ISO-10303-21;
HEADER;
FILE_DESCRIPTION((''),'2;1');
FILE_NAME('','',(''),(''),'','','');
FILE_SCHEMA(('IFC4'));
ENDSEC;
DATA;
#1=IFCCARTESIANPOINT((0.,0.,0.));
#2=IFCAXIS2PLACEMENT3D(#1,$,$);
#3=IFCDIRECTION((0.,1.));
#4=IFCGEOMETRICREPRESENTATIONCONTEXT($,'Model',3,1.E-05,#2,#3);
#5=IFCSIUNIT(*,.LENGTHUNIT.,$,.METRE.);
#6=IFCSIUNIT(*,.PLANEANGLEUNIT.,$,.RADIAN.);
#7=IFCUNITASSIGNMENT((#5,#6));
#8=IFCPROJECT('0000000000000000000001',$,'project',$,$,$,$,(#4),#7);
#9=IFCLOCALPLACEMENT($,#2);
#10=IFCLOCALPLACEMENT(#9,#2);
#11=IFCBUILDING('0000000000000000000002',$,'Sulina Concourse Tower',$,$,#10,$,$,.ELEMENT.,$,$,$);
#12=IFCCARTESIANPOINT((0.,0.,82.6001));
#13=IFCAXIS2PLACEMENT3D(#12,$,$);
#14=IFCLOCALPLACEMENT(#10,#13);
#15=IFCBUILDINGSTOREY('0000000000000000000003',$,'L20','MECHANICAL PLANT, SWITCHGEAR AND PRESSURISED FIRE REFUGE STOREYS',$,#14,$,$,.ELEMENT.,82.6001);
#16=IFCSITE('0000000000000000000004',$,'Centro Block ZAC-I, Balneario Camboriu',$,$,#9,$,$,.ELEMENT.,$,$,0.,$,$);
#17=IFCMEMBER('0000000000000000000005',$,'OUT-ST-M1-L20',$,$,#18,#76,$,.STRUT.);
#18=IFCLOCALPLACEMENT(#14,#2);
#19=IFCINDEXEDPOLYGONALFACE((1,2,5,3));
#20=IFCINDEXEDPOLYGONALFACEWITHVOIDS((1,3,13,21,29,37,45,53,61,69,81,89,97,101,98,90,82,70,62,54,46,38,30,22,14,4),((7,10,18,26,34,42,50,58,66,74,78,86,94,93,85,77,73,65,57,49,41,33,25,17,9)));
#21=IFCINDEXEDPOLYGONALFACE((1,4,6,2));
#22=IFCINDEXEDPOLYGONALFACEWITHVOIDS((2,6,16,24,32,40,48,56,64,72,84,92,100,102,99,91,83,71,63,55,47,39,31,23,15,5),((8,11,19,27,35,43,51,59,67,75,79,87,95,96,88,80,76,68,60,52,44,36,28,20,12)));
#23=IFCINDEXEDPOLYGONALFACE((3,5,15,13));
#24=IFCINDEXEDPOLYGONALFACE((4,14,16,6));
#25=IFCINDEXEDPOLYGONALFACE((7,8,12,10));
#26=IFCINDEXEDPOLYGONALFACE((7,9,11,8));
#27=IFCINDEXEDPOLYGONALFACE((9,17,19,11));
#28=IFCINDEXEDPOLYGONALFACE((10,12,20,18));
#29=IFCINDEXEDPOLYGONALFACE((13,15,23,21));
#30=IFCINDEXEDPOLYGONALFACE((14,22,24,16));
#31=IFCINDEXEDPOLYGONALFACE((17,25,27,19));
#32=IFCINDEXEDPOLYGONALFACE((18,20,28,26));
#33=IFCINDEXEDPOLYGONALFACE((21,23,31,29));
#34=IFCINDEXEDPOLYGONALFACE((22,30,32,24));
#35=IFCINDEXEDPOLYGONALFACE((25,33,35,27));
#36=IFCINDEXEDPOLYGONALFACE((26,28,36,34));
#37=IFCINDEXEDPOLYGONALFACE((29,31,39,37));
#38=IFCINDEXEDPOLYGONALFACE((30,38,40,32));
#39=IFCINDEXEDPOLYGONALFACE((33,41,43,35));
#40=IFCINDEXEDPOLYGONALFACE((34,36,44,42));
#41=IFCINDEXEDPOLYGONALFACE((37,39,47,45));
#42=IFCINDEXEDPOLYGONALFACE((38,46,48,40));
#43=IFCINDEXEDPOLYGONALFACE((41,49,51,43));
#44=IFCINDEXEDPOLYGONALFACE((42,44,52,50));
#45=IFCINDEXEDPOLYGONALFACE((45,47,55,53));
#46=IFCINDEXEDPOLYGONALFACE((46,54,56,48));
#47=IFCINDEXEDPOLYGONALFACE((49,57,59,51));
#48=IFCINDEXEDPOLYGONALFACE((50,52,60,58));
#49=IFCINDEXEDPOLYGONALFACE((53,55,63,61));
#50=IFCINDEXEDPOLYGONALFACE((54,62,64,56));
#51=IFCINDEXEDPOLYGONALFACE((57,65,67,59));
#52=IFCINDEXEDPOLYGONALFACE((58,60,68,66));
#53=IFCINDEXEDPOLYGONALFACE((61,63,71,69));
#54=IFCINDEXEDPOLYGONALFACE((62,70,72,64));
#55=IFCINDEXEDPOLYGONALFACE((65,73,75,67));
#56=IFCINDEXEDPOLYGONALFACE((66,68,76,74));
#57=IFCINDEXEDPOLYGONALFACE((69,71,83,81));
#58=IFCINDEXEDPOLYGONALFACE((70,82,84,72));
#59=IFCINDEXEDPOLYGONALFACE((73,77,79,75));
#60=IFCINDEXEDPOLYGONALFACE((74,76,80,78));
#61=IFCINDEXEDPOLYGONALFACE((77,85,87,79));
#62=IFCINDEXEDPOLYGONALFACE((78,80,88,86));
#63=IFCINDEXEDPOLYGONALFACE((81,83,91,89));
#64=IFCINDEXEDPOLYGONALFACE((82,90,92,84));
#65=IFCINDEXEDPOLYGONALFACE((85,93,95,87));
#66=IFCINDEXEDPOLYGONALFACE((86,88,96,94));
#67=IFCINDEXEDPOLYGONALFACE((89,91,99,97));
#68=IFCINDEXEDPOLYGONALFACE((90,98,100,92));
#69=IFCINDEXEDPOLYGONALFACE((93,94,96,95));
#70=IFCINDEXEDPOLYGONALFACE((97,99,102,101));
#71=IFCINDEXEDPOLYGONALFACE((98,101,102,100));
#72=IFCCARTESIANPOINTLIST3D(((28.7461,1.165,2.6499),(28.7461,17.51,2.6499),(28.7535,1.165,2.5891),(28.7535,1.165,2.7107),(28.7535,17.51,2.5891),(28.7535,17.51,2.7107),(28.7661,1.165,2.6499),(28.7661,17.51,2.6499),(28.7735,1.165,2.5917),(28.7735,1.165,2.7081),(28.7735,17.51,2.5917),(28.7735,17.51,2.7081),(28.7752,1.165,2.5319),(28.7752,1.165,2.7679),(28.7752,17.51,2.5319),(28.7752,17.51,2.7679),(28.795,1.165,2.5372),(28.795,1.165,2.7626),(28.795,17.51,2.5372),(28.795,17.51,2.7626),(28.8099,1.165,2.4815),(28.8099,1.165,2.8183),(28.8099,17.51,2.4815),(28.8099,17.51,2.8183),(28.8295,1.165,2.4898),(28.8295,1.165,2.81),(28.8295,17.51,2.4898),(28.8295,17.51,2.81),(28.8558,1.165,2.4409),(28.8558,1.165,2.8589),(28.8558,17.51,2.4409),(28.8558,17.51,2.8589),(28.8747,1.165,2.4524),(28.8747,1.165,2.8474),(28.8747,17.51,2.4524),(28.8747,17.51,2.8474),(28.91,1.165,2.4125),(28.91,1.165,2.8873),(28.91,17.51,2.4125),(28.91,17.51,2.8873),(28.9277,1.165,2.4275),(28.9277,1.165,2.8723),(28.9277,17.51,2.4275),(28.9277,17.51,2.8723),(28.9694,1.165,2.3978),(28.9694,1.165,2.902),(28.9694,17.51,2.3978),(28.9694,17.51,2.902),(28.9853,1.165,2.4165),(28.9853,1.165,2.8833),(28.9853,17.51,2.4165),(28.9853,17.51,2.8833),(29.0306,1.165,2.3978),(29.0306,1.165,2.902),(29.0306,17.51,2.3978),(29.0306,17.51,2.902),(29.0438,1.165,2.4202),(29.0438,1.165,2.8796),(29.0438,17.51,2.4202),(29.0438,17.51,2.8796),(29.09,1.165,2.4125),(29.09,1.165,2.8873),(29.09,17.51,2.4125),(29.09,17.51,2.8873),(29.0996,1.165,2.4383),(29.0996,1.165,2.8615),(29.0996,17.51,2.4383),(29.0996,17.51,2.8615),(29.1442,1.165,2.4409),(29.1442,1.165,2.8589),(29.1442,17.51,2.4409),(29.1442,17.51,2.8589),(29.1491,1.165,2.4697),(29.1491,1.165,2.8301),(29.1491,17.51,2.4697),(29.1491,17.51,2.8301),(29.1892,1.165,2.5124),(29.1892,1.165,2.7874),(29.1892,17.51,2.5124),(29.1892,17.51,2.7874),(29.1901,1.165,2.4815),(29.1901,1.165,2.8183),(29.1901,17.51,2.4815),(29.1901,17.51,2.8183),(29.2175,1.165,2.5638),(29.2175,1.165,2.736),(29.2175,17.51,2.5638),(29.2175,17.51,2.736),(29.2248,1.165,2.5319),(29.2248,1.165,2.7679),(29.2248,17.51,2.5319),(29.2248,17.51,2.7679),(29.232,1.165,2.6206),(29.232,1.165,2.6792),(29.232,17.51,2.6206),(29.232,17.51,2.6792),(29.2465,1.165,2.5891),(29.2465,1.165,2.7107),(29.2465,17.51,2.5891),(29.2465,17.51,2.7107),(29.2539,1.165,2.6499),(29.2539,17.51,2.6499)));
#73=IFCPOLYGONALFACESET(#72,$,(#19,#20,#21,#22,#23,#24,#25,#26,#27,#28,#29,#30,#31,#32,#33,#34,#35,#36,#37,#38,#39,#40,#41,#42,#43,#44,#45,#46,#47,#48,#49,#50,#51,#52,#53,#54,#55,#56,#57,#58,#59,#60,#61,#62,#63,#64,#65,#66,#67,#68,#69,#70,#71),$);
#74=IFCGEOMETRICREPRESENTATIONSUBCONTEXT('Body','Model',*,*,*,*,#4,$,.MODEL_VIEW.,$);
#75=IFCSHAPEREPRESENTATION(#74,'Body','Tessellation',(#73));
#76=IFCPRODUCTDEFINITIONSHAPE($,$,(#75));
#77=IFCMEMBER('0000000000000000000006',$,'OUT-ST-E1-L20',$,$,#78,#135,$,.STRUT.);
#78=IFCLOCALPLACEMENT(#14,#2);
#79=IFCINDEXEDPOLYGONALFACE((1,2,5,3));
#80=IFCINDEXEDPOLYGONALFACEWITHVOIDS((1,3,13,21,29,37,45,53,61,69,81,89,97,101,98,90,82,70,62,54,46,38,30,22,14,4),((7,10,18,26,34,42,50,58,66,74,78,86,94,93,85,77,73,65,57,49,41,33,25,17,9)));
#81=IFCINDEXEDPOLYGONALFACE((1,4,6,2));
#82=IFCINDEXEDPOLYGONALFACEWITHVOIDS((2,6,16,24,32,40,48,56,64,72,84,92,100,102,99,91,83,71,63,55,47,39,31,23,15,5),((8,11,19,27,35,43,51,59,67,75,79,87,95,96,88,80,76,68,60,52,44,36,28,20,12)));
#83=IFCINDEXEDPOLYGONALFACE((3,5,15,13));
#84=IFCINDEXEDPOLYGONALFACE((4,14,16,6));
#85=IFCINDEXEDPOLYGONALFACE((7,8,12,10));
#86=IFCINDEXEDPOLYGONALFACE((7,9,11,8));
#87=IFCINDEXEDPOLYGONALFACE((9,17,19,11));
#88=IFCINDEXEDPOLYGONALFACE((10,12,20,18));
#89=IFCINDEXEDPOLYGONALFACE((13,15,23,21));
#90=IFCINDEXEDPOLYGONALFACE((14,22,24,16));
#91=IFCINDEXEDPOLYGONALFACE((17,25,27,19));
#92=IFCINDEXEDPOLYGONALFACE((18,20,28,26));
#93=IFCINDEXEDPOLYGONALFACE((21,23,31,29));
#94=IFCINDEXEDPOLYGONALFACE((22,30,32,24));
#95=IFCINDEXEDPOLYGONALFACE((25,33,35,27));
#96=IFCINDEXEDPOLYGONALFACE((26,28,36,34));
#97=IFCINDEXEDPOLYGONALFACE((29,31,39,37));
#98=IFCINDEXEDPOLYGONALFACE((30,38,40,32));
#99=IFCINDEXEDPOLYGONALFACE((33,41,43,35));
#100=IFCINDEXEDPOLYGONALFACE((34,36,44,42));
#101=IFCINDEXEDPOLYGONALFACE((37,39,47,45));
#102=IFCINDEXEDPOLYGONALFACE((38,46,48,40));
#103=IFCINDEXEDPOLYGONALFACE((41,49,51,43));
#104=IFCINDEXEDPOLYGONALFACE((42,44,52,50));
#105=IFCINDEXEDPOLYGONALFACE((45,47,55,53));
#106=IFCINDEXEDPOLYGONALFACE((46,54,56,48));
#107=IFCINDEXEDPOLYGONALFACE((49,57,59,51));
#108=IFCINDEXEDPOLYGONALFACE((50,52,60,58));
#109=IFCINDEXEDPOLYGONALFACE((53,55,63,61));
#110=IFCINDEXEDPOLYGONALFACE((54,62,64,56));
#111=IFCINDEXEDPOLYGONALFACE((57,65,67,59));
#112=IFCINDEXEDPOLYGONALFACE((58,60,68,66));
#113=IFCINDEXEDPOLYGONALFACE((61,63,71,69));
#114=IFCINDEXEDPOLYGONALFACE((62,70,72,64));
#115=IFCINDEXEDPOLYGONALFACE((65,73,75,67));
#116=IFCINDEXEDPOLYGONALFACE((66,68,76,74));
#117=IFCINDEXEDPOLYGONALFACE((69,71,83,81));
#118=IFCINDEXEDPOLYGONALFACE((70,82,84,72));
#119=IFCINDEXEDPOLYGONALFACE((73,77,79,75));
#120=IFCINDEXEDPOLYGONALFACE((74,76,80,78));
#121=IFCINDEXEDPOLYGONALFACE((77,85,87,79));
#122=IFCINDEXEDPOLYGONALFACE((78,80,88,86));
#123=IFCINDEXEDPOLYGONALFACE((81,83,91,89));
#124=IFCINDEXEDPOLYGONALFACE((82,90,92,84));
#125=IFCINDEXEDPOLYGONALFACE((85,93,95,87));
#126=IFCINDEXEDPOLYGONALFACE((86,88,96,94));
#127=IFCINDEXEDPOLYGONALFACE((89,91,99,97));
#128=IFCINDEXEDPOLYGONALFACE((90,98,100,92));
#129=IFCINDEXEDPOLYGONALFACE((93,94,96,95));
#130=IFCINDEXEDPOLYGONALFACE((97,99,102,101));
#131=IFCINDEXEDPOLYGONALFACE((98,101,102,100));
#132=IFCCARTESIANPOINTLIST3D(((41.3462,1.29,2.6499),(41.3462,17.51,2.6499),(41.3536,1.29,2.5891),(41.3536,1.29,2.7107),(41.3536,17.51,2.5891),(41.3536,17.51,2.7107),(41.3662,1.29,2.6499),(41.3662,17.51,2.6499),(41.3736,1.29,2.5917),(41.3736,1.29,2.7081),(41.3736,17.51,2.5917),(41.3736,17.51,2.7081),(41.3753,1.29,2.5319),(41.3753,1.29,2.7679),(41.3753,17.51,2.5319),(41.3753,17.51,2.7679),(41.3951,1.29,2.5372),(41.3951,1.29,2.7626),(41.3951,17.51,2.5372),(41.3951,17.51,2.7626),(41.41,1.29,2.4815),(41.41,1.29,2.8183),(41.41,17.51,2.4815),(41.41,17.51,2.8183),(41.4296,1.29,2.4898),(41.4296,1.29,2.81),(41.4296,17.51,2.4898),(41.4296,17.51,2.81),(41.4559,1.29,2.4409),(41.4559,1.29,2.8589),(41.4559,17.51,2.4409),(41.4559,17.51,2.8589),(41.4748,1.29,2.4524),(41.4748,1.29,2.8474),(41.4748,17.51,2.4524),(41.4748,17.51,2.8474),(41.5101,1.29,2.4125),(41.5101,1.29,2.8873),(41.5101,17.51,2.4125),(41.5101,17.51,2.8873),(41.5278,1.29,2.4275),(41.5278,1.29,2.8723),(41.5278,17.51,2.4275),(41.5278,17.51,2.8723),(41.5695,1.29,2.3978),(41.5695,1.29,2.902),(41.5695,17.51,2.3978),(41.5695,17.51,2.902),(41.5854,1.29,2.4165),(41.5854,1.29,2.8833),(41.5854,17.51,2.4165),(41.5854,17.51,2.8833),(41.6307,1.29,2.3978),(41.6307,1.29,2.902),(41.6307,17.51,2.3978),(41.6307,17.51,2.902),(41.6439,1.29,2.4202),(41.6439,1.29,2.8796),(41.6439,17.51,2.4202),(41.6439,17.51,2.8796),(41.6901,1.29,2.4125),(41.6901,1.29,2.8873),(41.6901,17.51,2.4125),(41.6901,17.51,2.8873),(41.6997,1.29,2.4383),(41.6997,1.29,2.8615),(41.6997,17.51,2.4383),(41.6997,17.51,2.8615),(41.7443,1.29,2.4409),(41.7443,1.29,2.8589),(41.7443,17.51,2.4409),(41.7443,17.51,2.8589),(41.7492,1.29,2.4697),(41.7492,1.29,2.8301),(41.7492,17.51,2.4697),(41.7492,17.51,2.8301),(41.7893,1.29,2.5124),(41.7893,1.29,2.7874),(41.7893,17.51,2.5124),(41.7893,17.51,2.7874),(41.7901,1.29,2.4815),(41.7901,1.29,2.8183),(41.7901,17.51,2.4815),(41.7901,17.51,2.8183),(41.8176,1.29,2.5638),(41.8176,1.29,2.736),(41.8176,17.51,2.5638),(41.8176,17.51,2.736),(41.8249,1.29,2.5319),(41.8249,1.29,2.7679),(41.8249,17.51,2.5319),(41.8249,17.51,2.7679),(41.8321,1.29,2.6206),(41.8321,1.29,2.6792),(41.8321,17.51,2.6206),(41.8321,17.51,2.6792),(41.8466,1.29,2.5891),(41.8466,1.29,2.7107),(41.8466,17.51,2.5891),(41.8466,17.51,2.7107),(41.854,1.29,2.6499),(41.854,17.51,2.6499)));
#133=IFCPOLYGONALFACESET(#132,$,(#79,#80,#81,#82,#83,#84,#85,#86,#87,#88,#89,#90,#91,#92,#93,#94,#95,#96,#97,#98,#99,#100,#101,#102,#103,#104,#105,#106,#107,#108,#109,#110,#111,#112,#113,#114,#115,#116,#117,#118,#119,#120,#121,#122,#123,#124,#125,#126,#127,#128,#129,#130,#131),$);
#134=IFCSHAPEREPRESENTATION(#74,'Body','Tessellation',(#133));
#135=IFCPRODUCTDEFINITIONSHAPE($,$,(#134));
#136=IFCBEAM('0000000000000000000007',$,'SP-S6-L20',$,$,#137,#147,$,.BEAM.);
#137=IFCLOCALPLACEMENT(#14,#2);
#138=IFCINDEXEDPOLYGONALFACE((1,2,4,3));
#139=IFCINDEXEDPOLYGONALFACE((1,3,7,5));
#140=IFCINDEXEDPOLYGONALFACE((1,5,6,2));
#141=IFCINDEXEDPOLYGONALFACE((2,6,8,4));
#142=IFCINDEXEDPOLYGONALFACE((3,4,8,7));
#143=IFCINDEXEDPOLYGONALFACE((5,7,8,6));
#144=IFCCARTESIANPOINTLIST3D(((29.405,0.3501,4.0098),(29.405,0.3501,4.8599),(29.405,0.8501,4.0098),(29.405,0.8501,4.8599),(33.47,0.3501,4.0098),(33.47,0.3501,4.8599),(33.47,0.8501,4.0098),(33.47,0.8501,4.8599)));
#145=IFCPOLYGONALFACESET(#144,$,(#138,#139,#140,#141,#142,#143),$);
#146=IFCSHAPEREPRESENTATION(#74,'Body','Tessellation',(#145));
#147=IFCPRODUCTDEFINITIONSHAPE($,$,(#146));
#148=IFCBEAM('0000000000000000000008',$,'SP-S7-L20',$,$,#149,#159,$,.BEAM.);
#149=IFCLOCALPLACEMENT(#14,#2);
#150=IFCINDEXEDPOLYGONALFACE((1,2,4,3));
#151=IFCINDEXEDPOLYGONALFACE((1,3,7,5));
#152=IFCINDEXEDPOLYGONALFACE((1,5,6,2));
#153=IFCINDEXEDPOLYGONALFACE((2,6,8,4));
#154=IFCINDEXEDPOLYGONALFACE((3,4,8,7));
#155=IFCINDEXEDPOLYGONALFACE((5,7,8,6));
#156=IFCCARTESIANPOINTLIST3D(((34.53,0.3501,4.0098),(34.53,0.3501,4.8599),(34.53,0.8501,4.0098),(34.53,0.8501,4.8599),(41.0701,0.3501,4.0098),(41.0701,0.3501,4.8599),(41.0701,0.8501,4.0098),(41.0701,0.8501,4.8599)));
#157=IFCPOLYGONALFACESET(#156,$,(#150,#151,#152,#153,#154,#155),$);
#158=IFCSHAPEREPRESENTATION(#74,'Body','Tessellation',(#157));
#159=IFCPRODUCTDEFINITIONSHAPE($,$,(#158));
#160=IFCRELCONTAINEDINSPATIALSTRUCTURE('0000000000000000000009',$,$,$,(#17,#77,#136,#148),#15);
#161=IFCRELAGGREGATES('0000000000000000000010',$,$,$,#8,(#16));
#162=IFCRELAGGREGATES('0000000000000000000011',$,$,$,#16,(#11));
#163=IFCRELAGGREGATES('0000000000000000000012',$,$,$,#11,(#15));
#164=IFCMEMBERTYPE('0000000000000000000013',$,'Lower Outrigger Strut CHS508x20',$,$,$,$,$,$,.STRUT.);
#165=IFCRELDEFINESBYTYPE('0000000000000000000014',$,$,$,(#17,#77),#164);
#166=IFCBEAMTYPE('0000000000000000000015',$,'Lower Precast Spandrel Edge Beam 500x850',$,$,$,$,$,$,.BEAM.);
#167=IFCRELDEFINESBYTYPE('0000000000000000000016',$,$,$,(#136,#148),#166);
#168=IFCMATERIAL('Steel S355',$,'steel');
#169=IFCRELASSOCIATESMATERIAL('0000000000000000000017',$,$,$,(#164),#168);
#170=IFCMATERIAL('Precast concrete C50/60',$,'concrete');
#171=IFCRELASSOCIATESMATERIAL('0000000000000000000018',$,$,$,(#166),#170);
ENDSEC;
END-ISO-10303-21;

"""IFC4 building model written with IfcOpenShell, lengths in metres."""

from ifc_helpers import new_model, si_unit, direction, frame, origin, origin_2d, place, context, subcontext, project, spatial, rectangle, hollow_circle, extrude, material, material_profile, profile_set, type_object, element, save


model = new_model("IFC4")

# Units and contexts
model_context = context("Model", 3, precision=1e-05, world=origin(), true_north=direction((0.0, 1.0)))
body_context = subcontext(model_context, "Body", "Model", "MODEL_VIEW")
ifc_project = project(units=[si_unit("LENGTHUNIT", "METRE"), si_unit("PLANEANGLEUNIT", "RADIAN")], contexts=[model_context])

# Site, building, storey
site_placement = place(None, origin())
site = spatial("IfcSite", under=ifc_project, at=site_placement, Name="Centro Block ZAC-I, Balneario Camboriu", CompositionType="ELEMENT", RefElevation=0.0)
building_placement = place(site_placement, origin())
building = spatial("IfcBuilding", under=site, at=building_placement, Name="Sulina Concourse Tower", CompositionType="ELEMENT")
storey_placement = place(building_placement, frame((0.0, 0.0, 82.6001)))
storey = spatial("IfcBuildingStorey", under=building, at=storey_placement, Name="L20", Description="MECHANICAL PLANT, SWITCHGEAR AND PRESSURISED FIRE REFUGE STOREYS", CompositionType="ELEMENT", Elevation=82.6001)

# Members
ifc_material_1 = material(Name="Steel S355", Category="steel")
ifc_material_profile_1 = material_profile(ifc_material_1, hollow_circle(Radius=0.2539, WallThickness=0.02, at=origin_2d()), Name="CHS 508x20")
ifc_profile_set_1 = profile_set([ifc_material_profile_1], Name="Steel S355")
member_type_1 = type_object("IfcMemberType", Name="Lower Outrigger Strut CHS508x20", PredefinedType="STRUT", material=ifc_profile_set_1)
member_1_placement = place(storey_placement, frame((29.0, 1.165, 2.6499), z_axis=(0.0, 1.0, 0.0), x_axis=(-1.0, 0.0, 0.0)))
element("IfcMember", 1, at=member_1_placement, inside=storey, type_object=member_type_1, Name="OUT-ST-M1-L20", PredefinedType="STRUT", context=body_context, shape_type="SweptSolid", body=[
    extrude(hollow_circle(Radius=0.2539, WallThickness=0.02, at=origin_2d()), origin(), (0.0, 0.0, 1.0), 16.345),
])
member_2_placement = place(storey_placement, frame((41.6001, 1.29, 2.6499), z_axis=(0.0, 1.0, 0.0), x_axis=(-1.0, 0.0, 0.0)))
element("IfcMember", 2, at=member_2_placement, inside=storey, type_object=member_type_1, Name="OUT-ST-E1-L20", PredefinedType="STRUT", context=body_context, shape_type="SweptSolid", body=[
    extrude(hollow_circle(Radius=0.2539, WallThickness=0.02, at=origin_2d()), origin(), (0.0, 0.0, 1.0), 16.22),
])

# Beams
ifc_material_2 = material(Name="Precast concrete C50/60", Category="concrete")
ifc_material_profile_2 = material_profile(ifc_material_2, rectangle(XDim=0.5, YDim=0.8501, at=origin_2d()), Name="RC 500x850")
ifc_profile_set_2 = profile_set([ifc_material_profile_2], Name="Precast concrete C50/60")
beam_type_1 = type_object("IfcBeamType", Name="Lower Precast Spandrel Edge Beam 500x850", PredefinedType="BEAM", material=ifc_profile_set_2)
beam_1_placement = place(storey_placement, frame((29.405, 0.6001, 4.4348), z_axis=(1.0, 0.0, 0.0), x_axis=(0.0, 1.0, 0.0)))
element("IfcBeam", 3, at=beam_1_placement, inside=storey, type_object=beam_type_1, Name="SP-S6-L20", PredefinedType="BEAM", context=body_context, shape_type="SweptSolid", body=[
    extrude(rectangle(XDim=0.5, YDim=0.8501, at=origin_2d()), origin(), (0.0, 0.0, 1.0), 4.0649),
])
beam_2_placement = place(storey_placement, frame((34.53, 0.6001, 4.4348), z_axis=(1.0, 0.0, 0.0), x_axis=(0.0, 1.0, 0.0)))
element("IfcBeam", 4, at=beam_2_placement, inside=storey, type_object=beam_type_1, Name="SP-S7-L20", PredefinedType="BEAM", context=body_context, shape_type="SweptSolid", body=[
    extrude(rectangle(XDim=0.5, YDim=0.8501, at=origin_2d()), origin(), (0.0, 0.0, 1.0), 6.54),
])

save(model, "model.ifc")
